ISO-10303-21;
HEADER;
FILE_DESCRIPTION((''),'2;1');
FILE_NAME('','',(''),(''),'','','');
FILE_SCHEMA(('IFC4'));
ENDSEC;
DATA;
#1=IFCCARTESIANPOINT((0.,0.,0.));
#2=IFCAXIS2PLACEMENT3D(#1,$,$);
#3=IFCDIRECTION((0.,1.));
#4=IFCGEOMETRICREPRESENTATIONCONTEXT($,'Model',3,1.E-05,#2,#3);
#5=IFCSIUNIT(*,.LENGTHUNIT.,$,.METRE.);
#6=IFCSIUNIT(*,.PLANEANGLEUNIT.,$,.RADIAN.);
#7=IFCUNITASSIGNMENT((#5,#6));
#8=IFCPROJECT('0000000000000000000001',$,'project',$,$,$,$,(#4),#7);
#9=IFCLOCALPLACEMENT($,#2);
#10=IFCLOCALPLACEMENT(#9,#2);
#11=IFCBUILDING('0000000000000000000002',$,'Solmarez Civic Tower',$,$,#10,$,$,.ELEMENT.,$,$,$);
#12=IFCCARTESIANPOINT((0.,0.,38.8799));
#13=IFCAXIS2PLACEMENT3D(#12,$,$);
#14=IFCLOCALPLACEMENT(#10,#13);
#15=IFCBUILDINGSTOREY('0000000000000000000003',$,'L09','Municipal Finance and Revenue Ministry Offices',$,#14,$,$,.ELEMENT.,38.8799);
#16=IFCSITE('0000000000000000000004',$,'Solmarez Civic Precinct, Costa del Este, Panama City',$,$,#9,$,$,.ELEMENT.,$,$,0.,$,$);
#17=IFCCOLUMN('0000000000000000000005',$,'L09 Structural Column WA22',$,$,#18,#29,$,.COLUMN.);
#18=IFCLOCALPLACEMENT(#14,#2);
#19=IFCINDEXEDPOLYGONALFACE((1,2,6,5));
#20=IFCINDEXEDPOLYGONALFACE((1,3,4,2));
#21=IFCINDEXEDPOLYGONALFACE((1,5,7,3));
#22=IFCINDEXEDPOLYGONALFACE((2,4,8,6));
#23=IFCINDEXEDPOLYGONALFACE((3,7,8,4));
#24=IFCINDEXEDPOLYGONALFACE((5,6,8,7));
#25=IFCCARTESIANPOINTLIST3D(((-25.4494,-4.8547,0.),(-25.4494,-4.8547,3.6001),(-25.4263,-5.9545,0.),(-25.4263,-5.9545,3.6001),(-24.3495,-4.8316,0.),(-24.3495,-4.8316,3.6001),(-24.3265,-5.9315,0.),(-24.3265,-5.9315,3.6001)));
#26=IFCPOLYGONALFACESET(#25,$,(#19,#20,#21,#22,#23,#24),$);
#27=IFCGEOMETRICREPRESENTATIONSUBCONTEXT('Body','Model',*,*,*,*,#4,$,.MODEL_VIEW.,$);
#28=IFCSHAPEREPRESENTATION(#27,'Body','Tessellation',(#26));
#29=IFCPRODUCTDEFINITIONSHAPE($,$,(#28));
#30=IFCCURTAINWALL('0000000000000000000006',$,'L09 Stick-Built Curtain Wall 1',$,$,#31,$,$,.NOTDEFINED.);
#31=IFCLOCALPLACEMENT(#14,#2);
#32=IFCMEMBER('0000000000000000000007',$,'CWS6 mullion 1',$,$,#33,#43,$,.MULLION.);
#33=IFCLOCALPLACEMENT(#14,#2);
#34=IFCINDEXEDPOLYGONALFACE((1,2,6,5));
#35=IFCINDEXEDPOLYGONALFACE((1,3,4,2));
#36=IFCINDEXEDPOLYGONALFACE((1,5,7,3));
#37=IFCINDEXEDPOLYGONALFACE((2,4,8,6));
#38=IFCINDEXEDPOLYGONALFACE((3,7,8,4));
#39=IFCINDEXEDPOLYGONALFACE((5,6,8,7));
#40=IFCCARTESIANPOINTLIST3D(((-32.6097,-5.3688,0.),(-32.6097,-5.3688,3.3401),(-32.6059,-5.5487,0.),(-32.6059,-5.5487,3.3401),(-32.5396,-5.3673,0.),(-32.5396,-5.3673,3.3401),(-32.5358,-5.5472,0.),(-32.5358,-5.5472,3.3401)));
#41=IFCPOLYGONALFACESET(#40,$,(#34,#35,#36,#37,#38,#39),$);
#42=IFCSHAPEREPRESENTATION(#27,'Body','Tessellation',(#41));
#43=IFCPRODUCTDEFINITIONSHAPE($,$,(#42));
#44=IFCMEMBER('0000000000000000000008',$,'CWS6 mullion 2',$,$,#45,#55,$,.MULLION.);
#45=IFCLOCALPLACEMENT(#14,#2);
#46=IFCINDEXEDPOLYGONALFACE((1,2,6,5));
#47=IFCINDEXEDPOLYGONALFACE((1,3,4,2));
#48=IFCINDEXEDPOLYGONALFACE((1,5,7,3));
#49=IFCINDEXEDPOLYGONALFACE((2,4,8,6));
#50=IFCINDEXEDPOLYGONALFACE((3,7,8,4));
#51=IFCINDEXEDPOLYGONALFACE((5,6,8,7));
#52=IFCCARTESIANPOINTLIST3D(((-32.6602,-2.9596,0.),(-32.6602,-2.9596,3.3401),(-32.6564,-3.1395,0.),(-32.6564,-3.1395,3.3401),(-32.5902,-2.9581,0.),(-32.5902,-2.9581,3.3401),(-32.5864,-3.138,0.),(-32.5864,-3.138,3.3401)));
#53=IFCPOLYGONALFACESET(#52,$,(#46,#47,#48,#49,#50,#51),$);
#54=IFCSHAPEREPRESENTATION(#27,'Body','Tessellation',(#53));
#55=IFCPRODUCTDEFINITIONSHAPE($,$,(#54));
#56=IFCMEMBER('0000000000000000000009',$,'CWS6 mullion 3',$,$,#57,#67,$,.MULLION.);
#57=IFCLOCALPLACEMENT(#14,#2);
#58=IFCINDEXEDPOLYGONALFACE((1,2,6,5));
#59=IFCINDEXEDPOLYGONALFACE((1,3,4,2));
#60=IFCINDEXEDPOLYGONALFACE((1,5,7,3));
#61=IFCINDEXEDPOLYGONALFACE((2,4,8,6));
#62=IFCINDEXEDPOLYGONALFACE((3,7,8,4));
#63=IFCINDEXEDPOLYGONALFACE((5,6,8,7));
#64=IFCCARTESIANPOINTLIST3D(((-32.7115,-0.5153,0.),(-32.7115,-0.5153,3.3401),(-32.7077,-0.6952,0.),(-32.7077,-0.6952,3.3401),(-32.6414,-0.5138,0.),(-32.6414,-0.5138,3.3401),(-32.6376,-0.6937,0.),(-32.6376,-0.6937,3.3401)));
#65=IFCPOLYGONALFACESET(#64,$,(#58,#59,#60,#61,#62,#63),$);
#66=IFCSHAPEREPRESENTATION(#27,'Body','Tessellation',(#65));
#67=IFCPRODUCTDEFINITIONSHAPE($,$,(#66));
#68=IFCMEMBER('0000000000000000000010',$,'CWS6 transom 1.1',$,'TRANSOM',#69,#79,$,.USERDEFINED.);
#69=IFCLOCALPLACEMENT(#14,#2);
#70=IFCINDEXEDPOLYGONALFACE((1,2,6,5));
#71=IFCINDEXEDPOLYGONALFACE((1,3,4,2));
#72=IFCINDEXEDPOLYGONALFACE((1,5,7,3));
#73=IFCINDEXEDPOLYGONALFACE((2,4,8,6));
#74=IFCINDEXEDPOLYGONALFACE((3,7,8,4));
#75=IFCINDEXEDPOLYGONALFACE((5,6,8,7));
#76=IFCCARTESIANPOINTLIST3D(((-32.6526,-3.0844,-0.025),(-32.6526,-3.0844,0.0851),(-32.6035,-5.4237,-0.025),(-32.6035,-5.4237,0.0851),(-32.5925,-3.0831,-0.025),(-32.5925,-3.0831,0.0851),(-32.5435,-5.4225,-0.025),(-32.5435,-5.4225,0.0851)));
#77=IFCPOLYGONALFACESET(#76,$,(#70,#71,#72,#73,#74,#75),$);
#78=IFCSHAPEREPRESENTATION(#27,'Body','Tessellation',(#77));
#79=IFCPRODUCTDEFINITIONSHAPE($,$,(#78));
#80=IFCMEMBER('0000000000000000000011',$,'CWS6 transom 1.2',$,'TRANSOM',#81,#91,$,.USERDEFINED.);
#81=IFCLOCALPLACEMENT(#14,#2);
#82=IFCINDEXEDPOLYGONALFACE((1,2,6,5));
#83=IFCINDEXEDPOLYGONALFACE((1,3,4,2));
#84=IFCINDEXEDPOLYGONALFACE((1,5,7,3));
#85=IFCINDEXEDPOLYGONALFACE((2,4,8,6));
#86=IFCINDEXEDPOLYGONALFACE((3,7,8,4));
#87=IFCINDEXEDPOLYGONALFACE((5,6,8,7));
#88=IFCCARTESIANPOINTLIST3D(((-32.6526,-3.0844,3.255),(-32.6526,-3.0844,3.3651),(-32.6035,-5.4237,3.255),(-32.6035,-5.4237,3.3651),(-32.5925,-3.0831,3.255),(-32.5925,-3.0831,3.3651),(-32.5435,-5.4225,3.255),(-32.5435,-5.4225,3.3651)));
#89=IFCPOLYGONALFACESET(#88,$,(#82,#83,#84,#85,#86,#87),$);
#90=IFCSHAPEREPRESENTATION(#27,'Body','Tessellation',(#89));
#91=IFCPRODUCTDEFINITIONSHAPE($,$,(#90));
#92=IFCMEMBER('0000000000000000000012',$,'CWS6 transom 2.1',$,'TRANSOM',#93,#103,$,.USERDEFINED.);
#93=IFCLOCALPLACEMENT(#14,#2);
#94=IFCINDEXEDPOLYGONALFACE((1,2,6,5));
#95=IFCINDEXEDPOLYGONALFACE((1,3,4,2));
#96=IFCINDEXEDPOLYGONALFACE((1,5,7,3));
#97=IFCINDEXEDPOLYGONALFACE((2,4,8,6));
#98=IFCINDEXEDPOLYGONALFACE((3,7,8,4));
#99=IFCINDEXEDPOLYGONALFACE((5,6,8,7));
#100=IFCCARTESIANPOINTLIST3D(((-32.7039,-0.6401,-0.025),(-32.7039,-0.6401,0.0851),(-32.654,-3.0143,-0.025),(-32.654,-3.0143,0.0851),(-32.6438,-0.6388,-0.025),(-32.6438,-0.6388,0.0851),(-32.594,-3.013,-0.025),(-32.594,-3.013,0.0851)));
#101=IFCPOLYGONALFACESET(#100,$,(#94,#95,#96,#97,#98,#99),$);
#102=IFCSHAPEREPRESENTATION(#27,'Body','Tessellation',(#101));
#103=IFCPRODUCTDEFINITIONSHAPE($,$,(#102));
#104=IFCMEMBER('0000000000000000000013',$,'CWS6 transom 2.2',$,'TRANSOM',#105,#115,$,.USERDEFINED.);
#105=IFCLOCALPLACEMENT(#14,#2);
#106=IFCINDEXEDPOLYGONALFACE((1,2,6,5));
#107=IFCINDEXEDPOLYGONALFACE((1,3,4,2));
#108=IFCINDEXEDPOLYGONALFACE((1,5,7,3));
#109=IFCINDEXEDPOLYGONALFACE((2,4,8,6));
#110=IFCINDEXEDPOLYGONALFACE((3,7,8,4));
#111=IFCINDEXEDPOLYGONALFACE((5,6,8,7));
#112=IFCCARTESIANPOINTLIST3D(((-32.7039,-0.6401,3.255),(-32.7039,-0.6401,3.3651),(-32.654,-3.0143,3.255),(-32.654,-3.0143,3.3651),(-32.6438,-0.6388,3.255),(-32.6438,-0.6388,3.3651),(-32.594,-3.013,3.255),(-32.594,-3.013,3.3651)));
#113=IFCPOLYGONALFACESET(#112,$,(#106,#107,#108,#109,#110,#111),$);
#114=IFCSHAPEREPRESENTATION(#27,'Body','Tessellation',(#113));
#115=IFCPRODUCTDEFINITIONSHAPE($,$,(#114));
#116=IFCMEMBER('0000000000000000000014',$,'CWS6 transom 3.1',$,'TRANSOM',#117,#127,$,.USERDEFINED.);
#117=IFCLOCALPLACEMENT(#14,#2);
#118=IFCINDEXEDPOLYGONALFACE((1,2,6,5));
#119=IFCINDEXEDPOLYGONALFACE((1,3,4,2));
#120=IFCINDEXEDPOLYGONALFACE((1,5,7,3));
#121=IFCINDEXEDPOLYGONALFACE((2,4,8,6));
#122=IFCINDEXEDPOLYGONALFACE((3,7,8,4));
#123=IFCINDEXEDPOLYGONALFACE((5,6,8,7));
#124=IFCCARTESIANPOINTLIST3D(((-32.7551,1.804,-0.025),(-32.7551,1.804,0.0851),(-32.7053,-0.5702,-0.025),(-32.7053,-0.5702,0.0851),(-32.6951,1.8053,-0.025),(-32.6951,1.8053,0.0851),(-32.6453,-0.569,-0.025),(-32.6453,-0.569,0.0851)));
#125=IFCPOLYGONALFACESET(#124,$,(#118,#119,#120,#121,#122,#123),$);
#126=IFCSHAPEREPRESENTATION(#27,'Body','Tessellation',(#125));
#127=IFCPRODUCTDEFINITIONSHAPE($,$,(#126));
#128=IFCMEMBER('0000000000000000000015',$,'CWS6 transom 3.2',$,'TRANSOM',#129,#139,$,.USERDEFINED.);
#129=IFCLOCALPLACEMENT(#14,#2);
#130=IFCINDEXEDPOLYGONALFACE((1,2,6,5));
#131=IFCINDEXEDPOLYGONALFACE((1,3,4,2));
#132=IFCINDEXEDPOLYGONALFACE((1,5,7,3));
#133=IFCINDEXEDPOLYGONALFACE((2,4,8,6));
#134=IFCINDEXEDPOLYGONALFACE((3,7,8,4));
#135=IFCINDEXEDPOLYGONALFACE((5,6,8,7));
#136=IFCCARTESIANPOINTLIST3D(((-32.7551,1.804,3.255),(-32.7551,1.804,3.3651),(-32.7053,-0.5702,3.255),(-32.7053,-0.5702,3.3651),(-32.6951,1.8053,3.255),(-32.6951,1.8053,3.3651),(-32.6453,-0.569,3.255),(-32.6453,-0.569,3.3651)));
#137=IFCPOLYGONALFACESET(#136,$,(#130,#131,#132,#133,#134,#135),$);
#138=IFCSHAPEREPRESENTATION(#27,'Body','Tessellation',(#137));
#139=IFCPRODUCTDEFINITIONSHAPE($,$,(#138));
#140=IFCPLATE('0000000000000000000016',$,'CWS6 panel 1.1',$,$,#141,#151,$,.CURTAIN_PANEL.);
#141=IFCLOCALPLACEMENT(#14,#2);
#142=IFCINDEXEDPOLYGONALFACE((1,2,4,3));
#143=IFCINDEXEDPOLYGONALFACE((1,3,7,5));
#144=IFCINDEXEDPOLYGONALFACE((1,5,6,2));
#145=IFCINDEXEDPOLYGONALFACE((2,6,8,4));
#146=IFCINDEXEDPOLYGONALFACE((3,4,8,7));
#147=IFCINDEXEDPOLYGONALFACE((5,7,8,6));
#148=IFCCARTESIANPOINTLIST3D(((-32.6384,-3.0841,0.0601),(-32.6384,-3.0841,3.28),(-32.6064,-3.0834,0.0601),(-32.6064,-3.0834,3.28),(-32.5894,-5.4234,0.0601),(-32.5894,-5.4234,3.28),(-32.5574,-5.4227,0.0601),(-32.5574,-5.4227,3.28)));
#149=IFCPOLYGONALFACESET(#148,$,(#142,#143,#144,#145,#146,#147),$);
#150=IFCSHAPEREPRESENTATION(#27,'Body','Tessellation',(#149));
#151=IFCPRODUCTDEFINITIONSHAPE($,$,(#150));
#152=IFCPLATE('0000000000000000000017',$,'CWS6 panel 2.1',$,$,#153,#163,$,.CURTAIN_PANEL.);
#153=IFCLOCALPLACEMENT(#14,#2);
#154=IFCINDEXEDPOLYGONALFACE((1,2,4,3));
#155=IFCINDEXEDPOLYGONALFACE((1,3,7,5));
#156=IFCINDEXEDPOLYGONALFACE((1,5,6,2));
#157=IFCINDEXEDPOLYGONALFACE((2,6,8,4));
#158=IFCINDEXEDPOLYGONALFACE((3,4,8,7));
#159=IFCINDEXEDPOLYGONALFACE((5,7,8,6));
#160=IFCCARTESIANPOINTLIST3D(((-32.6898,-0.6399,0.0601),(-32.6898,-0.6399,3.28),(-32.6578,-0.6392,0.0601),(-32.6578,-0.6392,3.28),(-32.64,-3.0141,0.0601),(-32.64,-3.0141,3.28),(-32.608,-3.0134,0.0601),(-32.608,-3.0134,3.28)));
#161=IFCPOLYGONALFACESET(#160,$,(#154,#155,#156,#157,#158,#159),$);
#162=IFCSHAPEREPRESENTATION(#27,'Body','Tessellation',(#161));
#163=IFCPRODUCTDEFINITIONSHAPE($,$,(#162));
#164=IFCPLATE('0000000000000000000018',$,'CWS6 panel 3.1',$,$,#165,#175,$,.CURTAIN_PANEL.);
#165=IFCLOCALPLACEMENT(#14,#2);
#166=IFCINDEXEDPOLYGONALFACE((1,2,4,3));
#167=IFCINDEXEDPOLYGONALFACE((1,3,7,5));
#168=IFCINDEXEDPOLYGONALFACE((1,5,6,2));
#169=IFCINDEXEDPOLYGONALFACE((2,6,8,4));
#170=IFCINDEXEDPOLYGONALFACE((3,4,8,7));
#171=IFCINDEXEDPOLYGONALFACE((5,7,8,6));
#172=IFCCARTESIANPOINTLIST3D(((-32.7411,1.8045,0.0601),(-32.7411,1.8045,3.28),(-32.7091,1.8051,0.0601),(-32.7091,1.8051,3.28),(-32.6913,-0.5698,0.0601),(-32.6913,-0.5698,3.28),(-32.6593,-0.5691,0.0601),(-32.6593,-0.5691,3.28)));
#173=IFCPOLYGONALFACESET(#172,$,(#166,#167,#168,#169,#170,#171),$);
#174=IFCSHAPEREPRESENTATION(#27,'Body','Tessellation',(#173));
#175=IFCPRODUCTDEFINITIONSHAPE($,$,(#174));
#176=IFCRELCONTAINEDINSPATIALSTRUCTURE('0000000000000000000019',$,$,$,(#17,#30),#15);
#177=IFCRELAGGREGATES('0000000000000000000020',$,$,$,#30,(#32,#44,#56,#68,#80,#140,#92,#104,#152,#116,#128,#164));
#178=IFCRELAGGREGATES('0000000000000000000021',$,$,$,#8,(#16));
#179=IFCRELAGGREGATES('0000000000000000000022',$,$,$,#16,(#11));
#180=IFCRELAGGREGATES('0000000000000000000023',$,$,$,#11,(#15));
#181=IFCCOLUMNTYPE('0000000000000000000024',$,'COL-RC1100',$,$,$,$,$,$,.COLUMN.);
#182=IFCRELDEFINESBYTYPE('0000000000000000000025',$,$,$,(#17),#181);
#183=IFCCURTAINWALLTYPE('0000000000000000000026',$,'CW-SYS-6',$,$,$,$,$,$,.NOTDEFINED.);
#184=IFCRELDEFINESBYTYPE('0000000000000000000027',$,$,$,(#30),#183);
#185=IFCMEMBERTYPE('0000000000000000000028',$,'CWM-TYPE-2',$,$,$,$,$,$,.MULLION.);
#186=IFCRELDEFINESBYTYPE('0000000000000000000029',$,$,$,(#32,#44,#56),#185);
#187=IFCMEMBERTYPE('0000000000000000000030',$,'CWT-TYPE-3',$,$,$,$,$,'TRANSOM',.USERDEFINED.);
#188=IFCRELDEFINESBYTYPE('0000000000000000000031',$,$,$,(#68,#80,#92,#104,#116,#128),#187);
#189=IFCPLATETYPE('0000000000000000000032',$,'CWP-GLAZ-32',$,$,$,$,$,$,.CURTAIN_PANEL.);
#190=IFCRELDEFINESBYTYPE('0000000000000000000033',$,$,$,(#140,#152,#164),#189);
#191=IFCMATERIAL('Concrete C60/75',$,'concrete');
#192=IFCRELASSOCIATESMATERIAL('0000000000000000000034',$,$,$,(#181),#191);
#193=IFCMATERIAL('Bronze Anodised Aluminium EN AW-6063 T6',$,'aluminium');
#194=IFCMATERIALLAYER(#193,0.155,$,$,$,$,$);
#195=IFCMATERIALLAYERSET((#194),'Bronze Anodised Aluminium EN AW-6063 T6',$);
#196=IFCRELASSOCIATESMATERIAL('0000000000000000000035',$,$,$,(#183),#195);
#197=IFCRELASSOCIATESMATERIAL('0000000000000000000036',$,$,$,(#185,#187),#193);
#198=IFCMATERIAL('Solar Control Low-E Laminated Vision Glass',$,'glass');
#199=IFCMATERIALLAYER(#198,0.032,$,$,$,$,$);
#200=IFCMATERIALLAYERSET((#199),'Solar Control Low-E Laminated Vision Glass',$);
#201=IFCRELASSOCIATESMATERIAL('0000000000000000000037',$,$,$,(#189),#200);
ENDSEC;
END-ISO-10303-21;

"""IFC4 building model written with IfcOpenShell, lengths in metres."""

from ifc_helpers import new_model, si_unit, direction, frame, origin, origin_2d, place, context, subcontext, project, spatial, rectangle, extrude, material, layer, layer_set, material_profile, profile_set, type_object, element, aggregate, save


model = new_model("IFC4")

# Units and contexts
model_context = context("Model", 3, precision=1e-05, world=origin(), true_north=direction((0.0, 1.0)))
body_context = subcontext(model_context, "Body", "Model", "MODEL_VIEW")
ifc_project = project(units=[si_unit("LENGTHUNIT", "METRE"), si_unit("PLANEANGLEUNIT", "RADIAN")], contexts=[model_context])

# Site, building, storey
site_placement = place(None, origin())
site = spatial("IfcSite", under=ifc_project, at=site_placement, Name="Solmarez Civic Precinct, Costa del Este, Panama City", CompositionType="ELEMENT", RefElevation=0.0)
building_placement = place(site_placement, origin())
building = spatial("IfcBuilding", under=site, at=building_placement, Name="Solmarez Civic Tower", CompositionType="ELEMENT")
storey_placement = place(building_placement, frame((0.0, 0.0, 38.8799)))
storey = spatial("IfcBuildingStorey", under=building, at=storey_placement, Name="L09", Description="Municipal Finance and Revenue Ministry Offices", CompositionType="ELEMENT", Elevation=38.8799)

# Column
ifc_material_1 = material(Name="Concrete C60/75", Category="concrete")
ifc_material_profile_1 = material_profile(ifc_material_1, rectangle(XDim=1.1001, YDim=1.1001, at=origin_2d()), Name="RC1100X1100")
ifc_profile_set_1 = profile_set([ifc_material_profile_1], Name="Concrete C60/75")
column_type = type_object("IfcColumnType", Name="COL-RC1100", PredefinedType="COLUMN", material=ifc_profile_set_1)
column_placement = place(storey_placement, frame((-24.8879, -5.3931, 0.0), z_axis=(0.0, 0.0, 1.0), x_axis=(0.999781, 0.020942, 0.0)))
element("IfcColumn", 1, at=column_placement, inside=storey, type_object=column_type, Name="L09 Structural Column WA22", PredefinedType="COLUMN", context=body_context, shape_type="SweptSolid", body=[
    extrude(rectangle(XDim=1.1001, YDim=1.1001, at=origin_2d()), origin(), (0.0, 0.0, 1.0), 3.6001),
])

# Curtain wall, members, plates
ifc_material_2 = material(Name="Bronze Anodised Aluminium EN AW-6063 T6", Category="aluminium")
ifc_layer_1 = layer(ifc_material_2, 0.155)
ifc_layer_set_1 = layer_set([ifc_layer_1], Name="Bronze Anodised Aluminium EN AW-6063 T6")
curtain_wall_type = type_object("IfcCurtainWallType", Name="CW-SYS-6", PredefinedType="NOTDEFINED", material=ifc_layer_set_1)
curtain_wall_placement = place(storey_placement, origin())
curtain_wall = element("IfcCurtainWall", 2, at=curtain_wall_placement, inside=storey, type_object=curtain_wall_type, Name="L09 Stick-Built Curtain Wall 1", PredefinedType="NOTDEFINED")
ifc_material_profile_2 = material_profile(ifc_material_2, rectangle(XDim=0.0701, YDim=0.1799, at=origin_2d()), Name="CWM-70X180")
ifc_profile_set_2 = profile_set([ifc_material_profile_2], Name="Bronze Anodised Aluminium EN AW-6063 T6")
member_type_1 = type_object("IfcMemberType", Name="CWM-TYPE-2", PredefinedType="MULLION", material=ifc_profile_set_2)
member_1_placement = place(storey_placement, frame((-32.5728, -5.458, 0.0), z_axis=(0.0, 0.0, 1.0), x_axis=(-0.99978, -0.020963, 0.0)))
member_1 = element("IfcMember", 3, at=member_1_placement, type_object=member_type_1, Name="CWS6 mullion 1", PredefinedType="MULLION", context=body_context, shape_type="SweptSolid", body=[
    extrude(rectangle(XDim=0.0701, YDim=0.1799, at=origin_2d()), origin(), (0.0, 0.0, 1.0), 3.3401),
])
member_2_placement = place(storey_placement, frame((-32.6233, -3.0488, 0.0), z_axis=(0.0, 0.0, 1.0), x_axis=(-0.99978, -0.020963, 0.0)))
member_2 = element("IfcMember", 4, at=member_2_placement, type_object=member_type_1, Name="CWS6 mullion 2", PredefinedType="MULLION", context=body_context, shape_type="SweptSolid", body=[
    extrude(rectangle(XDim=0.0701, YDim=0.1799, at=origin_2d()), origin(), (0.0, 0.0, 1.0), 3.3401),
])
member_3_placement = place(storey_placement, frame((-32.6746, -0.6045, 0.0), z_axis=(0.0, 0.0, 1.0), x_axis=(-0.99978, -0.020963, 0.0)))
member_3 = element("IfcMember", 5, at=member_3_placement, type_object=member_type_1, Name="CWS6 mullion 3", PredefinedType="MULLION", context=body_context, shape_type="SweptSolid", body=[
    extrude(rectangle(XDim=0.0701, YDim=0.1799, at=origin_2d()), origin(), (0.0, 0.0, 1.0), 3.3401),
])
ifc_material_profile_3 = material_profile(ifc_material_2, rectangle(XDim=0.0601, YDim=0.1101, at=origin_2d()), Name="CWT-60X110")
ifc_profile_set_3 = profile_set([ifc_material_profile_3], Name="Bronze Anodised Aluminium EN AW-6063 T6")
member_type_2 = type_object("IfcMemberType", Name="CWT-TYPE-3", ElementType="TRANSOM", PredefinedType="USERDEFINED", material=ifc_profile_set_3)
member_4_placement = place(storey_placement, frame((-32.5735, -5.4231, 0.03), z_axis=(-0.020972, 0.99978, 0.0), x_axis=(-0.99978, -0.020972, 0.0)))
member_4 = element("IfcMember", 6, at=member_4_placement, type_object=member_type_2, Name="CWS6 transom 1.1", ObjectType="TRANSOM", PredefinedType="USERDEFINED", context=body_context, shape_type="SweptSolid", body=[
    extrude(rectangle(XDim=0.0601, YDim=0.1101, at=origin_2d()), origin(), (0.0, 0.0, 1.0), 2.3398),
])
member_5_placement = place(storey_placement, frame((-32.5735, -5.4231, 3.3101), z_axis=(-0.020972, 0.99978, 0.0), x_axis=(-0.99978, -0.020972, 0.0)))
member_5 = element("IfcMember", 7, at=member_5_placement, type_object=member_type_2, Name="CWS6 transom 1.2", ObjectType="TRANSOM", PredefinedType="USERDEFINED", context=body_context, shape_type="SweptSolid", body=[
    extrude(rectangle(XDim=0.0601, YDim=0.1101, at=origin_2d()), origin(), (0.0, 0.0, 1.0), 2.3398),
])
member_6_placement = place(storey_placement, frame((-32.624, -3.0137, 0.03), z_axis=(-0.020972, 0.99978, 0.0), x_axis=(-0.99978, -0.020972, 0.0)))
member_6 = element("IfcMember", 8, at=member_6_placement, type_object=member_type_2, Name="CWS6 transom 2.1", ObjectType="TRANSOM", PredefinedType="USERDEFINED", context=body_context, shape_type="SweptSolid", body=[
    extrude(rectangle(XDim=0.0601, YDim=0.1101, at=origin_2d()), origin(), (0.0, 0.0, 1.0), 2.3748),
])
member_7_placement = place(storey_placement, frame((-32.624, -3.0137, 3.3101), z_axis=(-0.020972, 0.99978, 0.0), x_axis=(-0.99978, -0.020972, 0.0)))
member_7 = element("IfcMember", 9, at=member_7_placement, type_object=member_type_2, Name="CWS6 transom 2.2", ObjectType="TRANSOM", PredefinedType="USERDEFINED", context=body_context, shape_type="SweptSolid", body=[
    extrude(rectangle(XDim=0.0601, YDim=0.1101, at=origin_2d()), origin(), (0.0, 0.0, 1.0), 2.3748),
])
member_8_placement = place(storey_placement, frame((-32.6753, -0.5696, 0.03), z_axis=(-0.020972, 0.99978, 0.0), x_axis=(-0.99978, -0.020972, 0.0)))
member_8 = element("IfcMember", 10, at=member_8_placement, type_object=member_type_2, Name="CWS6 transom 3.1", ObjectType="TRANSOM", PredefinedType="USERDEFINED", context=body_context, shape_type="SweptSolid", body=[
    extrude(rectangle(XDim=0.0601, YDim=0.1101, at=origin_2d()), origin(), (0.0, 0.0, 1.0), 2.3748),
])
member_9_placement = place(storey_placement, frame((-32.6753, -0.5696, 3.3101), z_axis=(-0.020972, 0.99978, 0.0), x_axis=(-0.99978, -0.020972, 0.0)))
member_9 = element("IfcMember", 11, at=member_9_placement, type_object=member_type_2, Name="CWS6 transom 3.2", ObjectType="TRANSOM", PredefinedType="USERDEFINED", context=body_context, shape_type="SweptSolid", body=[
    extrude(rectangle(XDim=0.0601, YDim=0.1101, at=origin_2d()), origin(), (0.0, 0.0, 1.0), 2.3748),
])
ifc_material_3 = material(Name="Solar Control Low-E Laminated Vision Glass", Category="glass")
ifc_layer_2 = layer(ifc_material_3, 0.032)
ifc_layer_set_2 = layer_set([ifc_layer_2], Name="Solar Control Low-E Laminated Vision Glass")
plate_type = type_object("IfcPlateType", Name="CWP-GLAZ-32", PredefinedType="CURTAIN_PANEL", material=ifc_layer_set_2)
plate_1_placement = place(storey_placement, frame((-32.5979, -4.2534, 0.0601), z_axis=(0.0, 0.0, 1.0), x_axis=(-0.020963, 0.99978, 0.0)))
plate_1 = element("IfcPlate", 12, at=plate_1_placement, type_object=plate_type, Name="CWS6 panel 1.1", PredefinedType="CURTAIN_PANEL", context=body_context, shape_type="SweptSolid", body=[
    extrude(rectangle(XDim=2.3398, YDim=0.032, at=origin_2d()), origin(), (0.0, 0.0, 1.0), 3.22),
])
plate_2_placement = place(storey_placement, frame((-32.6489, -1.8267, 0.0601), z_axis=(0.0, 0.0, 1.0), x_axis=(-0.020963, 0.99978, 0.0)))
plate_2 = element("IfcPlate", 13, at=plate_2_placement, type_object=plate_type, Name="CWS6 panel 2.1", PredefinedType="CURTAIN_PANEL", context=body_context, shape_type="SweptSolid", body=[
    extrude(rectangle(XDim=2.3748, YDim=0.032, at=origin_2d()), origin(), (0.0, 0.0, 1.0), 3.22),
])
plate_3_placement = place(storey_placement, frame((-32.7002, 0.6177, 0.0601), z_axis=(0.0, 0.0, 1.0), x_axis=(-0.020963, 0.99978, 0.0)))
plate_3 = element("IfcPlate", 14, at=plate_3_placement, type_object=plate_type, Name="CWS6 panel 3.1", PredefinedType="CURTAIN_PANEL", context=body_context, shape_type="SweptSolid", body=[
    extrude(rectangle(XDim=2.3748, YDim=0.032, at=origin_2d()), origin(), (0.0, 0.0, 1.0), 3.22),
])
aggregate(curtain_wall, [member_1, member_2, member_3, member_4, member_5, plate_1, member_6, member_7, plate_2, member_8, member_9, plate_3])

save(model, "model.ifc")
